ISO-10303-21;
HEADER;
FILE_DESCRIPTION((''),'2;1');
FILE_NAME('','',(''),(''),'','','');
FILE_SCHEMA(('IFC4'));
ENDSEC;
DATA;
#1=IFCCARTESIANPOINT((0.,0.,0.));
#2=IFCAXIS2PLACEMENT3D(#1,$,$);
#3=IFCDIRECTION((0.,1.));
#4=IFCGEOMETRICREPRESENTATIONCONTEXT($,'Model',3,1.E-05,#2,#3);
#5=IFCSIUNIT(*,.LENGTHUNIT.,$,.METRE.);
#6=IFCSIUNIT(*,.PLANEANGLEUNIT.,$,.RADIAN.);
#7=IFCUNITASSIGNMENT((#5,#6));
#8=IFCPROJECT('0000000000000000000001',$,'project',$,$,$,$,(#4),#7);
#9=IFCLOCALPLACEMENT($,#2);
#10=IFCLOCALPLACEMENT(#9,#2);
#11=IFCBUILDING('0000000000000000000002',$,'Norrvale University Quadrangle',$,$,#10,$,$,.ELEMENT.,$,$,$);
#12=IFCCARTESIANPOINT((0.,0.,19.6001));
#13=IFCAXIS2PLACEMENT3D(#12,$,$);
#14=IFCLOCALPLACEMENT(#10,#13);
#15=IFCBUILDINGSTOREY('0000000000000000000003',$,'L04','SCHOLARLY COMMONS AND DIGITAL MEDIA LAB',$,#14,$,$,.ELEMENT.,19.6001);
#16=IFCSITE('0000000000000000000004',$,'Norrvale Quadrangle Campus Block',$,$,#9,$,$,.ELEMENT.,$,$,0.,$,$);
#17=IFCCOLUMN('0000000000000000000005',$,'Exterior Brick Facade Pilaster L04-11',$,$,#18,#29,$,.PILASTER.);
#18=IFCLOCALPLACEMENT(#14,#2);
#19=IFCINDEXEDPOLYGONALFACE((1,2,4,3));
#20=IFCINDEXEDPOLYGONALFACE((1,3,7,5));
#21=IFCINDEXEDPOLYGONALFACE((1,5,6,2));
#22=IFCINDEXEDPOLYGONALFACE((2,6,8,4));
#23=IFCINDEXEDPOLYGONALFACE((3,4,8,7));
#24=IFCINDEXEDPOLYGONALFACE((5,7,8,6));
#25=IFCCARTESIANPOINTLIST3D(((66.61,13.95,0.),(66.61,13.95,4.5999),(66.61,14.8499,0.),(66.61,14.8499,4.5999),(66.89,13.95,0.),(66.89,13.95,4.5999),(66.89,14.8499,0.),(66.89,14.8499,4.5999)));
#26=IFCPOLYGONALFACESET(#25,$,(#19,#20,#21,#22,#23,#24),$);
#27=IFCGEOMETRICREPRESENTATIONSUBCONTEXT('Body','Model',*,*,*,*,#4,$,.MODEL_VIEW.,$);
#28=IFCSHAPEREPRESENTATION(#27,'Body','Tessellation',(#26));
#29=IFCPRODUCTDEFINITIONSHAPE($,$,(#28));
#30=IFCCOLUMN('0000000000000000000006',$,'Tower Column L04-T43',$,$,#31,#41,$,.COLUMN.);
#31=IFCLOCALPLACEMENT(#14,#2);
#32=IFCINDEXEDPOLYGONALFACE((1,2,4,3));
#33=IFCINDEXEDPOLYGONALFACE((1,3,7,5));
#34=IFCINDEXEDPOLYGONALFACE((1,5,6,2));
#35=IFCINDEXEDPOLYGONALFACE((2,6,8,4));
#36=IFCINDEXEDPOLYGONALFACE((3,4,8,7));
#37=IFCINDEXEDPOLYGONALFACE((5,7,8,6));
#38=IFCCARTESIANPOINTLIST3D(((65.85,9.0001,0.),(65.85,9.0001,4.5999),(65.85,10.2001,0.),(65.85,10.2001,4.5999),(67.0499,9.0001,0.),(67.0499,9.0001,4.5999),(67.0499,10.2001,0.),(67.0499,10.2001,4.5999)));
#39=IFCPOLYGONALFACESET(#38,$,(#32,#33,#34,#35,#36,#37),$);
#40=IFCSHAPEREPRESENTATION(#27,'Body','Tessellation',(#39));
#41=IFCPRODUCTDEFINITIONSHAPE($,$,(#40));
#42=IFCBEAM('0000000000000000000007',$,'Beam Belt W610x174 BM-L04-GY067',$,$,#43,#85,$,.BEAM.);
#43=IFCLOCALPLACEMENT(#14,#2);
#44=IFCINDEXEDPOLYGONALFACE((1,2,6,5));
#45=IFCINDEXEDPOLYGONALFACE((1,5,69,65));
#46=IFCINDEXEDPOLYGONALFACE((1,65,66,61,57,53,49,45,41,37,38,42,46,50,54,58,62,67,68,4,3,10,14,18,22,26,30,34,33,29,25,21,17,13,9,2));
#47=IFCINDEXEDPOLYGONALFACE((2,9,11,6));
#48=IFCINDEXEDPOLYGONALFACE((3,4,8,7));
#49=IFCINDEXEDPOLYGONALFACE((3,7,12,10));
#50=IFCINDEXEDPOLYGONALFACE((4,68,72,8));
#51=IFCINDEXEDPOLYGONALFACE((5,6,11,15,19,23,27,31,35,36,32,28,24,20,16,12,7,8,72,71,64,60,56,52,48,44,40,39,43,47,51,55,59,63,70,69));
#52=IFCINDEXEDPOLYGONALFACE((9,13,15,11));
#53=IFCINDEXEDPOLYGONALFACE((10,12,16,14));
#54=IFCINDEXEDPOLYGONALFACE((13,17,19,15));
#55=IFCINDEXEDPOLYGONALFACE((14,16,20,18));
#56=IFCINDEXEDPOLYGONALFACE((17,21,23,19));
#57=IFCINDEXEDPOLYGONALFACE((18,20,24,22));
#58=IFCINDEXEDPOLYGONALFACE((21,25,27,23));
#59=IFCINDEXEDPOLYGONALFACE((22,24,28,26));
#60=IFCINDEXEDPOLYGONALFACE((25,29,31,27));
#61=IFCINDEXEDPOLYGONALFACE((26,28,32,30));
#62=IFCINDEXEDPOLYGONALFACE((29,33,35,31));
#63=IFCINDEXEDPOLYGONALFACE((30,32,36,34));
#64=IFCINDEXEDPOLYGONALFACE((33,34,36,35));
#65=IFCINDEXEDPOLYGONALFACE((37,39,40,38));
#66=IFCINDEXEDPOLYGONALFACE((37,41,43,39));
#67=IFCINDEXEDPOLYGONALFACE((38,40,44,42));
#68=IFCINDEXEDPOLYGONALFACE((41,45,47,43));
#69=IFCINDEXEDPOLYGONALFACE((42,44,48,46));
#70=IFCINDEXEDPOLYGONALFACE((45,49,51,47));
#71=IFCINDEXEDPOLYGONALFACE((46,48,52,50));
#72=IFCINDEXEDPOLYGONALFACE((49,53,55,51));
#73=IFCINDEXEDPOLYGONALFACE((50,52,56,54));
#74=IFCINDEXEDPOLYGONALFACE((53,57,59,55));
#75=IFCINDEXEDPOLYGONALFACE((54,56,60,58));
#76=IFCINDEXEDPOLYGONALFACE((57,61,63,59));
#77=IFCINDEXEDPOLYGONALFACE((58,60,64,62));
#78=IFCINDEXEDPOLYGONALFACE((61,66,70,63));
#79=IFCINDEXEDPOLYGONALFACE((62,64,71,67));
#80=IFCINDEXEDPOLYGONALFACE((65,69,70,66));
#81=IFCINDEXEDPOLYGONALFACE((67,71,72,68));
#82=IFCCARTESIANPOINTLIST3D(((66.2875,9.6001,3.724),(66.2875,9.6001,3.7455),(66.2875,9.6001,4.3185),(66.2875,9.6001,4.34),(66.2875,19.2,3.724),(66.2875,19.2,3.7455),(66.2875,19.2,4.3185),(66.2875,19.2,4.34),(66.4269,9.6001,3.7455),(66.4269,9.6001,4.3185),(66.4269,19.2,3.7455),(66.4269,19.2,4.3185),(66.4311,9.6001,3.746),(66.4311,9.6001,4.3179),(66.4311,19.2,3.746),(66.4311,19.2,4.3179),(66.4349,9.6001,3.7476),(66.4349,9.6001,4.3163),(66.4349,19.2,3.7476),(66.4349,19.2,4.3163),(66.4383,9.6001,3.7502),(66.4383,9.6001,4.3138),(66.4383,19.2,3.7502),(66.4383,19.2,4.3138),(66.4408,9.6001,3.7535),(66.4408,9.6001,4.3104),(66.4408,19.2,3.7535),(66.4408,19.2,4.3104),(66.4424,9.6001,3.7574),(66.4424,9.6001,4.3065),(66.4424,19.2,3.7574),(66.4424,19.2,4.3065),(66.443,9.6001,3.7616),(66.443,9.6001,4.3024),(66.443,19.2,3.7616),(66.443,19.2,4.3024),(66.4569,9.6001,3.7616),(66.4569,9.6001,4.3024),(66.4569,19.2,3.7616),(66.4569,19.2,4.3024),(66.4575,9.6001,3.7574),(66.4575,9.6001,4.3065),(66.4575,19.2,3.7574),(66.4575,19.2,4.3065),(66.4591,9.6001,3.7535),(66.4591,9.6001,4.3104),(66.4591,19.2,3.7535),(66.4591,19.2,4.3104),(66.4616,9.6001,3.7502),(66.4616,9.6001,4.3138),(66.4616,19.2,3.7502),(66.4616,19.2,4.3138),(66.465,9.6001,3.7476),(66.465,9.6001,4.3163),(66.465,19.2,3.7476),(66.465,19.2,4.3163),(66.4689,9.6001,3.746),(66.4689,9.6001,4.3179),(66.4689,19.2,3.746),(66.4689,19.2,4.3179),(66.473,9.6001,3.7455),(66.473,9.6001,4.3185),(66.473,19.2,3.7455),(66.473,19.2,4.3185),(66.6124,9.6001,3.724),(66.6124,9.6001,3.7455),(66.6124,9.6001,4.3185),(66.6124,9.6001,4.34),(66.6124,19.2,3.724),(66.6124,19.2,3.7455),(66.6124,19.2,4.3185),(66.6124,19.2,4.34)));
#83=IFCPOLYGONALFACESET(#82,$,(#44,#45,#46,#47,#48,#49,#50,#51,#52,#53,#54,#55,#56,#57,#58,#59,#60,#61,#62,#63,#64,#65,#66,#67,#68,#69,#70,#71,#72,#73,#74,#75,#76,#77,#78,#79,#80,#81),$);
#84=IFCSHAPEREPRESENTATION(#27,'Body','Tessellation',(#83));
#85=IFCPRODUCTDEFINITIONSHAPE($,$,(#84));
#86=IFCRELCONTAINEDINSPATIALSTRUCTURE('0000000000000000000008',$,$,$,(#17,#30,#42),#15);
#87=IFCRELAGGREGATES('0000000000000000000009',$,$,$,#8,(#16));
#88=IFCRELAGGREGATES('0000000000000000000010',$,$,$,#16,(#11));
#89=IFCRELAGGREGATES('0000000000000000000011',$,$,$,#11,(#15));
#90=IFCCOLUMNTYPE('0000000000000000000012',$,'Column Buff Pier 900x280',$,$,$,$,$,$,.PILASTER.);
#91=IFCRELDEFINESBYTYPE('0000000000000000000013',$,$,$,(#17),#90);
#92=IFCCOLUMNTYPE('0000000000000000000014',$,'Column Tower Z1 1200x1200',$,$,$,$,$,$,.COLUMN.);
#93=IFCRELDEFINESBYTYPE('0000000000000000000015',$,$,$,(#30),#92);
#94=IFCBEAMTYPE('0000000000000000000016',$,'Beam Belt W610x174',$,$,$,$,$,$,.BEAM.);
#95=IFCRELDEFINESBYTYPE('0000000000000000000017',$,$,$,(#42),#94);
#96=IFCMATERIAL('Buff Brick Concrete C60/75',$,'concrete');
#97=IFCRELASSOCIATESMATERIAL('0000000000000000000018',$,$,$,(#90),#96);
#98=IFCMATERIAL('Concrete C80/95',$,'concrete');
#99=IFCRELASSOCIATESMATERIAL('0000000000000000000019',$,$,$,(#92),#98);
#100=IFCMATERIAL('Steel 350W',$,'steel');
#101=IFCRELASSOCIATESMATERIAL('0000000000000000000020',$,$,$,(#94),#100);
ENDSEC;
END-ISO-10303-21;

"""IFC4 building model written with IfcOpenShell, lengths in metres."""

from ifc_helpers import new_model, si_unit, direction, frame, origin, origin_2d, place, context, subcontext, project, spatial, rectangle, i_section, extrude, material, material_profile, profile_set, type_object, element, save


model = new_model("IFC4")

# Units and contexts
model_context = context("Model", 3, precision=1e-05, world=origin(), true_north=direction((0.0, 1.0)))
body_context = subcontext(model_context, "Body", "Model", "MODEL_VIEW")
ifc_project = project(units=[si_unit("LENGTHUNIT", "METRE"), si_unit("PLANEANGLEUNIT", "RADIAN")], contexts=[model_context])

# Site, building, storey
site_placement = place(None, origin())
site = spatial("IfcSite", under=ifc_project, at=site_placement, Name="Norrvale Quadrangle Campus Block", CompositionType="ELEMENT", RefElevation=0.0)
building_placement = place(site_placement, origin())
building = spatial("IfcBuilding", under=site, at=building_placement, Name="Norrvale University Quadrangle", CompositionType="ELEMENT")
storey_placement = place(building_placement, frame((0.0, 0.0, 19.6001)))
storey = spatial("IfcBuildingStorey", under=building, at=storey_placement, Name="L04", Description="SCHOLARLY COMMONS AND DIGITAL MEDIA LAB", CompositionType="ELEMENT", Elevation=19.6001)

# Columns
ifc_material_1 = material(Name="Buff Brick Concrete C60/75", Category="concrete")
ifc_material_profile_1 = material_profile(ifc_material_1, rectangle(XDim=0.8999, YDim=0.28, at=origin_2d()), Name="Buff Brick Concrete C60/75")
ifc_profile_set_1 = profile_set([ifc_material_profile_1], Name="Buff Brick Concrete C60/75")
column_type_1 = type_object("IfcColumnType", Name="Column Buff Pier 900x280", PredefinedType="PILASTER", material=ifc_profile_set_1)
column_1_placement = place(storey_placement, frame((66.75, 14.3999, 0.0), z_axis=(0.0, 0.0, 1.0), x_axis=(0.0, 1.0, 0.0)))
element("IfcColumn", 1, at=column_1_placement, inside=storey, type_object=column_type_1, Name="Exterior Brick Facade Pilaster L04-11", PredefinedType="PILASTER", context=body_context, shape_type="SweptSolid", body=[
    extrude(rectangle(XDim=0.8999, YDim=0.28, at=origin_2d()), origin(), (0.0, 0.0, 1.0), 4.5999),
])
ifc_material_2 = material(Name="Concrete C80/95", Category="concrete")
ifc_material_profile_2 = material_profile(ifc_material_2, rectangle(XDim=1.2, YDim=1.2, at=origin_2d()), Name="Concrete C80/95")
ifc_profile_set_2 = profile_set([ifc_material_profile_2], Name="Concrete C80/95")
column_type_2 = type_object("IfcColumnType", Name="Column Tower Z1 1200x1200", PredefinedType="COLUMN", material=ifc_profile_set_2)
column_2_placement = place(storey_placement, frame((66.45, 9.6001, 0.0), z_axis=(0.0, 0.0, 1.0), x_axis=(1.0, 0.0, 0.0)))
element("IfcColumn", 2, at=column_2_placement, inside=storey, type_object=column_type_2, Name="Tower Column L04-T43", PredefinedType="COLUMN", context=body_context, shape_type="SweptSolid", body=[
    extrude(rectangle(XDim=1.2, YDim=1.2, at=origin_2d()), origin(), (0.0, 0.0, 1.0), 4.5999),
])

# Beam
ifc_material_3 = material(Name="Steel 350W", Category="steel")
ifc_material_profile_3 = material_profile(ifc_material_3, i_section(OverallWidth=0.325, OverallDepth=0.616, WebThickness=0.0139, FlangeThickness=0.0215, FilletRadius=0.0161, at=origin_2d()), Name="Steel 350W")
ifc_profile_set_3 = profile_set([ifc_material_profile_3], Name="Steel 350W")
beam_type = type_object("IfcBeamType", Name="Beam Belt W610x174", PredefinedType="BEAM", material=ifc_profile_set_3)
beam_placement = place(storey_placement, frame((66.45, 9.6001, 4.032), z_axis=(0.0, 1.0, 0.0), x_axis=(-1.0, 0.0, 0.0)))
element("IfcBeam", 3, at=beam_placement, inside=storey, type_object=beam_type, Name="Beam Belt W610x174 BM-L04-GY067", PredefinedType="BEAM", context=body_context, shape_type="SweptSolid", body=[
    extrude(i_section(OverallWidth=0.325, OverallDepth=0.616, WebThickness=0.0139, FlangeThickness=0.0215, FilletRadius=0.0161, at=origin_2d()), origin(), (0.0, 0.0, 1.0), 9.5999),
])

save(model, "model.ifc")
